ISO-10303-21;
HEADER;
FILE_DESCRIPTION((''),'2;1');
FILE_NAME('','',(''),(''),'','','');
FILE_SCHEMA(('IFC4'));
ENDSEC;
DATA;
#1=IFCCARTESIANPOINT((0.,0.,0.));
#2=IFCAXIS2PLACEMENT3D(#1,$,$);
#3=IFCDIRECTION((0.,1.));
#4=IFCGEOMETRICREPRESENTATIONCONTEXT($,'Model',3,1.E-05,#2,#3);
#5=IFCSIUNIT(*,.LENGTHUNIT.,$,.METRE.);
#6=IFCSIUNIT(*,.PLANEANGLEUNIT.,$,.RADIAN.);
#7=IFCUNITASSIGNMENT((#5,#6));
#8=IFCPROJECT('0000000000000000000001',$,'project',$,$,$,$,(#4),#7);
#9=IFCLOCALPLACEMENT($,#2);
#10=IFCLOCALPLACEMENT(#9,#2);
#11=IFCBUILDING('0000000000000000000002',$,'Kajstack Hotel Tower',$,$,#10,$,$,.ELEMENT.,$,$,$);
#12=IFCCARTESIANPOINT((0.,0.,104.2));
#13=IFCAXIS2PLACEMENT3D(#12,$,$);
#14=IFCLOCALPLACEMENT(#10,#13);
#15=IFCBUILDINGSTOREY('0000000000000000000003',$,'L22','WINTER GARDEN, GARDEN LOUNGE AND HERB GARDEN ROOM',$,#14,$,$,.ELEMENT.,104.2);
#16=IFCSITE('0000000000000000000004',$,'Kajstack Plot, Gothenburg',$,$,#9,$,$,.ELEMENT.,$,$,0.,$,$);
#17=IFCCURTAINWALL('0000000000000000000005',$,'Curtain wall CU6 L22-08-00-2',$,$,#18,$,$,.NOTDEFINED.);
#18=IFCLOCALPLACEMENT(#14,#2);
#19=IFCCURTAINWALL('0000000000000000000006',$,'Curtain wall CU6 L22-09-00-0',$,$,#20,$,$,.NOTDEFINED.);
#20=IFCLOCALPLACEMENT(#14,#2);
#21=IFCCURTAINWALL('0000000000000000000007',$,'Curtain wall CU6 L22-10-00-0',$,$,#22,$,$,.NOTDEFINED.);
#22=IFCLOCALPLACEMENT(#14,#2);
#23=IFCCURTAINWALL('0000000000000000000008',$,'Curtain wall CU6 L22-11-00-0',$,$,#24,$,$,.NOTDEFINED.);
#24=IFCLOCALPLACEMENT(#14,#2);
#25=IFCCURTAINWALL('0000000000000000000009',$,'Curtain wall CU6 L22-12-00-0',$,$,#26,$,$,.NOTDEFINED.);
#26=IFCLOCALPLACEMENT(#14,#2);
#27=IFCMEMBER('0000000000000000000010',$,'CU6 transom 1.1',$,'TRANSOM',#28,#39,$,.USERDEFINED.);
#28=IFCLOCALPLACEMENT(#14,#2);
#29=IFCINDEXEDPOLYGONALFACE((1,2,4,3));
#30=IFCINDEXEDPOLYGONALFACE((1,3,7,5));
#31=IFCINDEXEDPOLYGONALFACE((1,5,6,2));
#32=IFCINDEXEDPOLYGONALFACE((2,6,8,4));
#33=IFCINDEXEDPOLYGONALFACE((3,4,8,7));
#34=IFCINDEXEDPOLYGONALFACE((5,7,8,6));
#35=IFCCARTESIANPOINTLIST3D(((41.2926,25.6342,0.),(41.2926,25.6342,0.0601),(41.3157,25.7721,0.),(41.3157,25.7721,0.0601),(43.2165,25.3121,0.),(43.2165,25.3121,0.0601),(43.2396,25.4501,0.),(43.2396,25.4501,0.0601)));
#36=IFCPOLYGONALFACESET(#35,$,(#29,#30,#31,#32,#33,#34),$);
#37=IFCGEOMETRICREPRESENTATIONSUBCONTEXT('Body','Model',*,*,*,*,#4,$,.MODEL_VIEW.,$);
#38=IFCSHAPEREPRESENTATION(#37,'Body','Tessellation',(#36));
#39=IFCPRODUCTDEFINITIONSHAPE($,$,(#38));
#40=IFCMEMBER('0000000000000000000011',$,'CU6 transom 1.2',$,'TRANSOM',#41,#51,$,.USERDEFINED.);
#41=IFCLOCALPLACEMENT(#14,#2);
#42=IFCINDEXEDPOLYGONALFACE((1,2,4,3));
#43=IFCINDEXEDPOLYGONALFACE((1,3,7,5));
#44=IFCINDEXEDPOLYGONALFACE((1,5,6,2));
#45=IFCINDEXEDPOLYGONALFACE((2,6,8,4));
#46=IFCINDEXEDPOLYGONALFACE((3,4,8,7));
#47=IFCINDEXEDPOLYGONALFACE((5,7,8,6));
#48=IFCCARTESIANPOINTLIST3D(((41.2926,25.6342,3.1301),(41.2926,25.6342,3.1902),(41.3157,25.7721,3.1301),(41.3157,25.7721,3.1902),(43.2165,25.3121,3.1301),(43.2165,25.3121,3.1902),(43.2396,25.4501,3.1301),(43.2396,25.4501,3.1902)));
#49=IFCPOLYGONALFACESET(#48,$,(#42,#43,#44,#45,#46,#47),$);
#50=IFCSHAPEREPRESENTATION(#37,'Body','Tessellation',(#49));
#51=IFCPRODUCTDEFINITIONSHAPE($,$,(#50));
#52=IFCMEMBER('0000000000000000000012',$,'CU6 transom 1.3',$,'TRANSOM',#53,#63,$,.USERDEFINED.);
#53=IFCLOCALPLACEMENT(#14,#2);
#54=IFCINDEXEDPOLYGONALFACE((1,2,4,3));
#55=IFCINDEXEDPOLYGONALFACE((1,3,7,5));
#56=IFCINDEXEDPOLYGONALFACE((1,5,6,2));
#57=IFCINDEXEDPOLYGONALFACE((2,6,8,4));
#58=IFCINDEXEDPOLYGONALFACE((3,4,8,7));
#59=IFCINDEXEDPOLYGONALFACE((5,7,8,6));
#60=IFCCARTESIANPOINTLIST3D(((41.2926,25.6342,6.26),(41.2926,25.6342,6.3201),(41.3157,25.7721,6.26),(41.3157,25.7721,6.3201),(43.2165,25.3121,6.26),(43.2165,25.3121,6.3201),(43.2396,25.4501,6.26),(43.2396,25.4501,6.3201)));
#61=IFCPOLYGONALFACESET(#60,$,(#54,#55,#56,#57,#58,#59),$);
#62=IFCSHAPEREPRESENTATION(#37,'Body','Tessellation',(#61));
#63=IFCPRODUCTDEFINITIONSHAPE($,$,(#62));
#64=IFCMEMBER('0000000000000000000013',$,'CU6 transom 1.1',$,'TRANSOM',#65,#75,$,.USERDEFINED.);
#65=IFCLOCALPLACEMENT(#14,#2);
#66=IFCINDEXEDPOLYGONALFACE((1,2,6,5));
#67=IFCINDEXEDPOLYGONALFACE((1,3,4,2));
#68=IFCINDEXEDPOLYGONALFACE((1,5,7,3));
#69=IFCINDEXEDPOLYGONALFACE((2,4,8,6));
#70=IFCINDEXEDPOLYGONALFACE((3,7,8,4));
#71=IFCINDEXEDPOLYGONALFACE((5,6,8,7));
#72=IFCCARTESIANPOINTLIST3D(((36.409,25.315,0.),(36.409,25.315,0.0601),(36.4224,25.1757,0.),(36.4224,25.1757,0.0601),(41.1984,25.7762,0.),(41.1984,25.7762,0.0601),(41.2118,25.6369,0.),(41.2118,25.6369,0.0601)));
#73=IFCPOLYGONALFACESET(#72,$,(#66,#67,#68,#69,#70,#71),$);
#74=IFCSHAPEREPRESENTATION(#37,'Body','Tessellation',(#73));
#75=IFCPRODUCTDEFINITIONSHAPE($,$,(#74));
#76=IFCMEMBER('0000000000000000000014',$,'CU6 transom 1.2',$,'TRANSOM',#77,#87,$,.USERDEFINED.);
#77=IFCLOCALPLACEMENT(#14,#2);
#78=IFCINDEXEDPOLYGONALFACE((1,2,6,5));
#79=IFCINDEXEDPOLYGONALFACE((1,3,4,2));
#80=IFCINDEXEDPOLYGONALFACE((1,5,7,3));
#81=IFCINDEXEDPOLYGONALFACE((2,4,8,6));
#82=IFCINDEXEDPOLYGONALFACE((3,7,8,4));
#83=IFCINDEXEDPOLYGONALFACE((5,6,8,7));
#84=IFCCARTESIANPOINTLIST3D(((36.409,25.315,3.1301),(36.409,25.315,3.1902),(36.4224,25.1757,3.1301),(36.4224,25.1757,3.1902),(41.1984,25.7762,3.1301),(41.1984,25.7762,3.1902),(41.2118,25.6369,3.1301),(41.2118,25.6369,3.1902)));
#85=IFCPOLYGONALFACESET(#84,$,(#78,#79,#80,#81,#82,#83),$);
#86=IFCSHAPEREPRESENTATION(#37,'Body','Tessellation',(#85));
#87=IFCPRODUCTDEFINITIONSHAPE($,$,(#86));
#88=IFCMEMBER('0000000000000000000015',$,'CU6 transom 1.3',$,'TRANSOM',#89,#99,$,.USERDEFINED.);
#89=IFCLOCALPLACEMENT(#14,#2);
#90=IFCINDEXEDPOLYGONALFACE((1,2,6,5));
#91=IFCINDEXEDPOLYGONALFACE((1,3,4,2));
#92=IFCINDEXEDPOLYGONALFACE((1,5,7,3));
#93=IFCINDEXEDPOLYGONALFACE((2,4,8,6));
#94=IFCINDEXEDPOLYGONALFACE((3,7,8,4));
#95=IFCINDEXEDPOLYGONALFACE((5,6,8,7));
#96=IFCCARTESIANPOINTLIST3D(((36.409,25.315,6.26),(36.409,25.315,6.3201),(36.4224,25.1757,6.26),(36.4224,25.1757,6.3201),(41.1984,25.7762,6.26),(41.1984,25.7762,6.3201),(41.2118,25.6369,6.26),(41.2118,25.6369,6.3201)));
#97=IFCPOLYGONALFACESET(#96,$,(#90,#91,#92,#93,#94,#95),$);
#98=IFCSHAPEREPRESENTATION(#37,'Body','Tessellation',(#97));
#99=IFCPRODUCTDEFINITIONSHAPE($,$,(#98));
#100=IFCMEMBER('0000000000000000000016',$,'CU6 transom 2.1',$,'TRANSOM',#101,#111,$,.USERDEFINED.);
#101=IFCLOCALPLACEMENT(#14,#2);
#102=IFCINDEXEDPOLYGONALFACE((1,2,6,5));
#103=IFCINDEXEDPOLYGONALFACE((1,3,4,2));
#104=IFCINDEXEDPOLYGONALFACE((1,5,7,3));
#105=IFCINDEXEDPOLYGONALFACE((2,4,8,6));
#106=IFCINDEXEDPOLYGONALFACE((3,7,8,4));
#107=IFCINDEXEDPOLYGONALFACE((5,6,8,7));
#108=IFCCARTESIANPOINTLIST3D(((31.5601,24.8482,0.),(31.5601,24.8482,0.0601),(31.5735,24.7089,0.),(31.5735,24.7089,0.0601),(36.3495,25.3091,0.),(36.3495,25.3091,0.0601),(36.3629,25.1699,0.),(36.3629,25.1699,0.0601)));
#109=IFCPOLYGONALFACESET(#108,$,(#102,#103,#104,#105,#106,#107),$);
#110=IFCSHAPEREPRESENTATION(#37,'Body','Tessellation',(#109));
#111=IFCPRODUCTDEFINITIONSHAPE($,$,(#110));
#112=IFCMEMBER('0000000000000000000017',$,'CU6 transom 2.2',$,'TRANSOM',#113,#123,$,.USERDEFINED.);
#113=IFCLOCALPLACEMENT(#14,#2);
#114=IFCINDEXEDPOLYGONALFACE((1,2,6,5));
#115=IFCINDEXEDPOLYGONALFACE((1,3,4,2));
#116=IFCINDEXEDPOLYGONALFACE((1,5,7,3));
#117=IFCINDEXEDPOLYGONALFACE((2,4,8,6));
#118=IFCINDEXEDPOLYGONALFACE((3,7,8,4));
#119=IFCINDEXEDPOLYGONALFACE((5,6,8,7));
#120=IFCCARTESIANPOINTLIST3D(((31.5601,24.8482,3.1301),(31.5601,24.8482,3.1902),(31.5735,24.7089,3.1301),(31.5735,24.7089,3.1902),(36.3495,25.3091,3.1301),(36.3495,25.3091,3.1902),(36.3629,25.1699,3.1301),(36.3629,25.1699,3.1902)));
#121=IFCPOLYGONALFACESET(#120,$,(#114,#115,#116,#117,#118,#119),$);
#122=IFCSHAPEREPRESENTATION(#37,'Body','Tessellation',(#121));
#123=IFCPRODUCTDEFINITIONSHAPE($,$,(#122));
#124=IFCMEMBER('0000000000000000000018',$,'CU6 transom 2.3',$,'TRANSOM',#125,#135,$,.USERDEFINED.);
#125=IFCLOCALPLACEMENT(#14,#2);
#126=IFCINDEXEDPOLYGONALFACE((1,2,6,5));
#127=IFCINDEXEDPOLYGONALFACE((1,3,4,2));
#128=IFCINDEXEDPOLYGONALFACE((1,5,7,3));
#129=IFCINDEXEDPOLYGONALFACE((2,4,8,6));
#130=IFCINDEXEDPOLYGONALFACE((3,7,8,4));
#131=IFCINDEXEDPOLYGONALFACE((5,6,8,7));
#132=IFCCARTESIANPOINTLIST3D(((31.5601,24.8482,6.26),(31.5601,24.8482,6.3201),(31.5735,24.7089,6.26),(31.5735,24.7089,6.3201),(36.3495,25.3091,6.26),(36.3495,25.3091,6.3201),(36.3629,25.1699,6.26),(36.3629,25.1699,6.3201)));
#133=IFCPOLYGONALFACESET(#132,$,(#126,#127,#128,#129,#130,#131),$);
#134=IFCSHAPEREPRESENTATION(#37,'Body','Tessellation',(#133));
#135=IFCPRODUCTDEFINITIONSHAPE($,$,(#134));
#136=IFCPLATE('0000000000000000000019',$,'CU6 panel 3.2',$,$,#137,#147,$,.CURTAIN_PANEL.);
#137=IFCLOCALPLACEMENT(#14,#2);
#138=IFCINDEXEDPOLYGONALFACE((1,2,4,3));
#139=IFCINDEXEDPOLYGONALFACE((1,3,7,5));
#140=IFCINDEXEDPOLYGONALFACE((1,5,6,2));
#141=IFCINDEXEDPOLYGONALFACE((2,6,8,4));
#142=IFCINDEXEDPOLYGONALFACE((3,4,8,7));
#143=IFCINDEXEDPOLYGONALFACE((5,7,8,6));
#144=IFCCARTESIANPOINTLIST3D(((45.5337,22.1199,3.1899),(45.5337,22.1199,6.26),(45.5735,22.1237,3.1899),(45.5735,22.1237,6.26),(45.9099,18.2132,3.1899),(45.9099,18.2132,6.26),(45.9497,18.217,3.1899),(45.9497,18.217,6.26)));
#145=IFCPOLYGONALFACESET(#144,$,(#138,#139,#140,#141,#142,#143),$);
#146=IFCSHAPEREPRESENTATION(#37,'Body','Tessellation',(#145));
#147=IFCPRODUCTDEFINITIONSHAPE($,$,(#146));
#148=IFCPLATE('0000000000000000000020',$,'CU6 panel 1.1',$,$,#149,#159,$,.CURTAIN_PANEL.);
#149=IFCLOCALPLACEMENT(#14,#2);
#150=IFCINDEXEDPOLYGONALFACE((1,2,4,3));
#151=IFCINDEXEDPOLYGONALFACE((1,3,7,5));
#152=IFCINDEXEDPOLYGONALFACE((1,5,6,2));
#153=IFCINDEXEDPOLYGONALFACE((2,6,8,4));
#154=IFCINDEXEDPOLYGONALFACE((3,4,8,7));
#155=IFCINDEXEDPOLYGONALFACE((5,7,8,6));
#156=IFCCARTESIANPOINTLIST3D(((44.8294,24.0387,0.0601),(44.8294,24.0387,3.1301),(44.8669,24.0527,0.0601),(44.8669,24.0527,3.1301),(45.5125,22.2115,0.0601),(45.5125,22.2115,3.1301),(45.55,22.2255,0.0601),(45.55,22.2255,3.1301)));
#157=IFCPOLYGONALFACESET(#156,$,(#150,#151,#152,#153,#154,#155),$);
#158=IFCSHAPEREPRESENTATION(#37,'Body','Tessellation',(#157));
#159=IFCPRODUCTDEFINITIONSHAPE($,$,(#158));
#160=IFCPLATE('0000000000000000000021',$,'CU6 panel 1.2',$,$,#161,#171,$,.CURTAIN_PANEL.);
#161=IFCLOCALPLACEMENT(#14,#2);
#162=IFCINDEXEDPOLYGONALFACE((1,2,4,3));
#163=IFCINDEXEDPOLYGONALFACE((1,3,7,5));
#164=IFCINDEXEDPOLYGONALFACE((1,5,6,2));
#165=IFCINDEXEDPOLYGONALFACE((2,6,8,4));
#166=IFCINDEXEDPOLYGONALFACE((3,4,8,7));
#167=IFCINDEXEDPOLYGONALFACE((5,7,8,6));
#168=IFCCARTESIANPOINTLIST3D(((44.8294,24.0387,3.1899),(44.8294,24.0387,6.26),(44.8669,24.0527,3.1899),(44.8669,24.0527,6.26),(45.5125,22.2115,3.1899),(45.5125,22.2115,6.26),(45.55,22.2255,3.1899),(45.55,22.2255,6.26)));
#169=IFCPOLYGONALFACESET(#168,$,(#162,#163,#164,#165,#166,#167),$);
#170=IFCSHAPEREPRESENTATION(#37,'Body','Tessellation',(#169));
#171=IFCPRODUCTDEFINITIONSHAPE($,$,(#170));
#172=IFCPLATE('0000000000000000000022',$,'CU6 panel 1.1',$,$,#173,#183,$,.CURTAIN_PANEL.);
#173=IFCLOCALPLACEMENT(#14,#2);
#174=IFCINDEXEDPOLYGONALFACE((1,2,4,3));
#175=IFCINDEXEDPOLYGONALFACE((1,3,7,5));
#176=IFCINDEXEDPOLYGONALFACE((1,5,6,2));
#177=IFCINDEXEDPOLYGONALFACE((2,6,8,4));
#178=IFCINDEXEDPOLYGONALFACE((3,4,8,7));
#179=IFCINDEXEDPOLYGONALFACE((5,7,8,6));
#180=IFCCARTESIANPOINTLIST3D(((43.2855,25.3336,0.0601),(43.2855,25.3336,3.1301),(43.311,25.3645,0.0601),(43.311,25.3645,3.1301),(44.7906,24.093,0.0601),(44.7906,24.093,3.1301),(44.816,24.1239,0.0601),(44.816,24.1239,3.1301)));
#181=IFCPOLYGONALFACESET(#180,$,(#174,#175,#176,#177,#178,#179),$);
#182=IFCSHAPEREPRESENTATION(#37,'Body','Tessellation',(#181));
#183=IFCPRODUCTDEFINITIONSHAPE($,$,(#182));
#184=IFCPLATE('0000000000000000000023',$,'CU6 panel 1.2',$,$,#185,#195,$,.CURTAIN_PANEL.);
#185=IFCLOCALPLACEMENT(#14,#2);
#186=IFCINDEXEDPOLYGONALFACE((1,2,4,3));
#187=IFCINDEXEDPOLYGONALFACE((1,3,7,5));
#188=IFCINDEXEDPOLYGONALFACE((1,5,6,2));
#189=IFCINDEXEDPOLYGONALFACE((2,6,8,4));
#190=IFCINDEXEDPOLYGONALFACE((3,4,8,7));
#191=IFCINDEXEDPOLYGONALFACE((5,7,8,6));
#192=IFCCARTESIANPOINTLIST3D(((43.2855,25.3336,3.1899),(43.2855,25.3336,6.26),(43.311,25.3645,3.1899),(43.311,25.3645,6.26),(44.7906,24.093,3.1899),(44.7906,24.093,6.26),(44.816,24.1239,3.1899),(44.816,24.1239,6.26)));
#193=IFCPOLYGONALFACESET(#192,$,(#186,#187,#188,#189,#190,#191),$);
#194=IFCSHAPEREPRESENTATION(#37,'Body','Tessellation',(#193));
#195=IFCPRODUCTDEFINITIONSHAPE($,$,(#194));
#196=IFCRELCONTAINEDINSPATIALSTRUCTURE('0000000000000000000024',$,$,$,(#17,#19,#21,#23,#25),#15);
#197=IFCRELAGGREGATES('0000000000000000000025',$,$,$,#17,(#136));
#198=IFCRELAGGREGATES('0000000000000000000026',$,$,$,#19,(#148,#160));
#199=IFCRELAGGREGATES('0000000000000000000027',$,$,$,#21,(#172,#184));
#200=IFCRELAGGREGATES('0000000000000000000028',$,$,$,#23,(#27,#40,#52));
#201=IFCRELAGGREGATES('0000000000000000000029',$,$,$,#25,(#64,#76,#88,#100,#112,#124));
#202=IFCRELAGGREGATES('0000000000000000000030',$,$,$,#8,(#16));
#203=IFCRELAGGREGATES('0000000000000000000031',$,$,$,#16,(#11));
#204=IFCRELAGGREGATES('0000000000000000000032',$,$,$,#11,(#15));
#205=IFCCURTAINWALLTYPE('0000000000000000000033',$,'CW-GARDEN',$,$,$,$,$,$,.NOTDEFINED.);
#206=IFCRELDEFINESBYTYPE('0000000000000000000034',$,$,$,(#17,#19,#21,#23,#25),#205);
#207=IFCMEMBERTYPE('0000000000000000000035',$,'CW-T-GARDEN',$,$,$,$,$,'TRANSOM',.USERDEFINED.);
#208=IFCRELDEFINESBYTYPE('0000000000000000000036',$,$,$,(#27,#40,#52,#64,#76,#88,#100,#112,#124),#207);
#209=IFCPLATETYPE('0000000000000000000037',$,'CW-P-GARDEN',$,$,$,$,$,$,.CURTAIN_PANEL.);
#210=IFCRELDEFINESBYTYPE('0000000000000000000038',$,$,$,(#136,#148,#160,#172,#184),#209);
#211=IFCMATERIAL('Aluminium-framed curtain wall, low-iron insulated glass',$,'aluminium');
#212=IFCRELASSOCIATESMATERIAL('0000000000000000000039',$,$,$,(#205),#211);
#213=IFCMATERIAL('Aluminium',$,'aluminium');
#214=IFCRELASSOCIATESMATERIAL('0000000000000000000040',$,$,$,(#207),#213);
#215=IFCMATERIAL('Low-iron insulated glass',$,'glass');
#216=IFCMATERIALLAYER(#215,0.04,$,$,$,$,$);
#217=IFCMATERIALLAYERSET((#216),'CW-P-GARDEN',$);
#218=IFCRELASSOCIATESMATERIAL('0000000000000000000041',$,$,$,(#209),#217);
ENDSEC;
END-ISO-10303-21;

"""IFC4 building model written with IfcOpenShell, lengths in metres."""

from ifc_helpers import new_model, si_unit, direction, frame, origin, origin_2d, place, context, subcontext, project, spatial, rectangle, extrude, material, layer, layer_set, material_profile, profile_set, type_object, element, aggregate, save


model = new_model("IFC4")

# Units and contexts
model_context = context("Model", 3, precision=1e-05, world=origin(), true_north=direction((0.0, 1.0)))
body_context = subcontext(model_context, "Body", "Model", "MODEL_VIEW")
ifc_project = project(units=[si_unit("LENGTHUNIT", "METRE"), si_unit("PLANEANGLEUNIT", "RADIAN")], contexts=[model_context])

# Site, building, storey
site_placement = place(None, origin())
site = spatial("IfcSite", under=ifc_project, at=site_placement, Name="Kajstack Plot, Gothenburg", CompositionType="ELEMENT", RefElevation=0.0)
building_placement = place(site_placement, origin())
building = spatial("IfcBuilding", under=site, at=building_placement, Name="Kajstack Hotel Tower", CompositionType="ELEMENT")
storey_placement = place(building_placement, frame((0.0, 0.0, 104.2)))
storey = spatial("IfcBuildingStorey", under=building, at=storey_placement, Name="L22", Description="WINTER GARDEN, GARDEN LOUNGE AND HERB GARDEN ROOM", CompositionType="ELEMENT", Elevation=104.2)

# Curtain wall
ifc_material_1 = material(Name="Aluminium-framed curtain wall, low-iron insulated glass", Category="aluminium")
curtain_wall_type = type_object("IfcCurtainWallType", Name="CW-GARDEN", PredefinedType="NOTDEFINED", material=ifc_material_1)
curtain_wall_1_placement = place(storey_placement, origin())
curtain_wall_1 = element("IfcCurtainWall", 1, at=curtain_wall_1_placement, inside=storey, type_object=curtain_wall_type, Name="Curtain wall CU6 L22-08-00-2", PredefinedType="NOTDEFINED")
ifc_material_2 = material(Name="Aluminium", Category="aluminium")

# Curtain walls
curtain_wall_2_placement = place(storey_placement, origin())
curtain_wall_2 = element("IfcCurtainWall", 2, at=curtain_wall_2_placement, inside=storey, type_object=curtain_wall_type, Name="Curtain wall CU6 L22-09-00-0", PredefinedType="NOTDEFINED")
curtain_wall_3_placement = place(storey_placement, origin())
curtain_wall_3 = element("IfcCurtainWall", 3, at=curtain_wall_3_placement, inside=storey, type_object=curtain_wall_type, Name="Curtain wall CU6 L22-10-00-0", PredefinedType="NOTDEFINED")
curtain_wall_4_placement = place(storey_placement, origin())
curtain_wall_4 = element("IfcCurtainWall", 4, at=curtain_wall_4_placement, inside=storey, type_object=curtain_wall_type, Name="Curtain wall CU6 L22-11-00-0", PredefinedType="NOTDEFINED")
curtain_wall_5_placement = place(storey_placement, origin())
curtain_wall_5 = element("IfcCurtainWall", 5, at=curtain_wall_5_placement, inside=storey, type_object=curtain_wall_type, Name="Curtain wall CU6 L22-12-00-0", PredefinedType="NOTDEFINED")

# Members
ifc_material_profile_1 = material_profile(ifc_material_2, rectangle(XDim=0.1399, YDim=0.0601, at=origin_2d()), Name="Aluminium transom 140 x 60")
ifc_profile_set_1 = profile_set([ifc_material_profile_1], Name="Aluminium")
member_type_1 = type_object("IfcMemberType", Name="CW-T-GARDEN", ElementType="TRANSOM", PredefinedType="USERDEFINED", material=ifc_profile_set_1)
member_1_placement = place(storey_placement, frame((43.228, 25.3811, 0.03), z_axis=(-0.986279, 0.165089, 0.0), x_axis=(-0.165089, -0.986279, 0.0)))
member_1 = element("IfcMember", 6, at=member_1_placement, type_object=member_type_1, Name="CU6 transom 1.1", ObjectType="TRANSOM", PredefinedType="USERDEFINED", context=body_context, shape_type="SweptSolid", body=[
    extrude(rectangle(XDim=0.1399, YDim=0.0601, at=origin_2d()), origin(), (0.0, 0.0, 1.0), 1.9507),
])
member_2_placement = place(storey_placement, frame((43.228, 25.3811, 3.1602), z_axis=(-0.986279, 0.165089, 0.0), x_axis=(-0.165089, -0.986279, 0.0)))
member_2 = element("IfcMember", 7, at=member_2_placement, type_object=member_type_1, Name="CU6 transom 1.2", ObjectType="TRANSOM", PredefinedType="USERDEFINED", context=body_context, shape_type="SweptSolid", body=[
    extrude(rectangle(XDim=0.1399, YDim=0.0601, at=origin_2d()), origin(), (0.0, 0.0, 1.0), 1.9507),
])
member_3_placement = place(storey_placement, frame((43.228, 25.3811, 6.29), z_axis=(-0.986279, 0.165089, 0.0), x_axis=(-0.165089, -0.986279, 0.0)))
member_3 = element("IfcMember", 8, at=member_3_placement, type_object=member_type_1, Name="CU6 transom 1.3", ObjectType="TRANSOM", PredefinedType="USERDEFINED", context=body_context, shape_type="SweptSolid", body=[
    extrude(rectangle(XDim=0.1399, YDim=0.0601, at=origin_2d()), origin(), (0.0, 0.0, 1.0), 1.9507),
])
member_4_placement = place(storey_placement, frame((41.2051, 25.7065, 0.03), z_axis=(-0.995396, -0.095851, 0.0), x_axis=(0.095851, -0.995396, 0.0)))
member_4 = element("IfcMember", 9, at=member_4_placement, type_object=member_type_1, Name="CU6 transom 1.1", ObjectType="TRANSOM", PredefinedType="USERDEFINED", context=body_context, shape_type="SweptSolid", body=[
    extrude(rectangle(XDim=0.1399, YDim=0.0601, at=origin_2d()), origin(), (0.0, 0.0, 1.0), 4.8115),
])
member_5_placement = place(storey_placement, frame((41.2051, 25.7065, 3.1602), z_axis=(-0.995396, -0.095851, 0.0), x_axis=(0.095851, -0.995396, 0.0)))
member_5 = element("IfcMember", 10, at=member_5_placement, type_object=member_type_1, Name="CU6 transom 1.2", ObjectType="TRANSOM", PredefinedType="USERDEFINED", context=body_context, shape_type="SweptSolid", body=[
    extrude(rectangle(XDim=0.1399, YDim=0.0601, at=origin_2d()), origin(), (0.0, 0.0, 1.0), 4.8115),
])
member_6_placement = place(storey_placement, frame((41.2051, 25.7065, 6.29), z_axis=(-0.995396, -0.095851, 0.0), x_axis=(0.095851, -0.995396, 0.0)))
member_6 = element("IfcMember", 11, at=member_6_placement, type_object=member_type_1, Name="CU6 transom 1.3", ObjectType="TRANSOM", PredefinedType="USERDEFINED", context=body_context, shape_type="SweptSolid", body=[
    extrude(rectangle(XDim=0.1399, YDim=0.0601, at=origin_2d()), origin(), (0.0, 0.0, 1.0), 4.8115),
])
member_7_placement = place(storey_placement, frame((36.3562, 25.2395, 0.03), z_axis=(-0.995401, -0.0958, 0.0), x_axis=(0.0958, -0.995401, 0.0)))
member_7 = element("IfcMember", 12, at=member_7_placement, type_object=member_type_1, Name="CU6 transom 2.1", ObjectType="TRANSOM", PredefinedType="USERDEFINED", context=body_context, shape_type="SweptSolid", body=[
    extrude(rectangle(XDim=0.1399, YDim=0.0601, at=origin_2d()), origin(), (0.0, 0.0, 1.0), 4.8115),
])
member_8_placement = place(storey_placement, frame((36.3562, 25.2395, 3.1602), z_axis=(-0.995401, -0.0958, 0.0), x_axis=(0.0958, -0.995401, 0.0)))
member_8 = element("IfcMember", 13, at=member_8_placement, type_object=member_type_1, Name="CU6 transom 2.2", ObjectType="TRANSOM", PredefinedType="USERDEFINED", context=body_context, shape_type="SweptSolid", body=[
    extrude(rectangle(XDim=0.1399, YDim=0.0601, at=origin_2d()), origin(), (0.0, 0.0, 1.0), 4.8115),
])
member_9_placement = place(storey_placement, frame((36.3562, 25.2395, 6.29), z_axis=(-0.995401, -0.0958, 0.0), x_axis=(0.0958, -0.995401, 0.0)))
member_9 = element("IfcMember", 14, at=member_9_placement, type_object=member_type_1, Name="CU6 transom 2.3", ObjectType="TRANSOM", PredefinedType="USERDEFINED", context=body_context, shape_type="SweptSolid", body=[
    extrude(rectangle(XDim=0.1399, YDim=0.0601, at=origin_2d()), origin(), (0.0, 0.0, 1.0), 4.8115),
])

# Plates
ifc_material_3 = material(Name="Low-iron insulated glass", Category="glass")
ifc_layer = layer(ifc_material_3, 0.04)
ifc_layer_set = layer_set([ifc_layer], Name="CW-P-GARDEN")
plate_type = type_object("IfcPlateType", Name="CW-P-GARDEN", PredefinedType="CURTAIN_PANEL", material=ifc_layer_set)
plate_1_placement = place(storey_placement, frame((45.7417, 20.1685, 3.1899), z_axis=(0.0, 0.0, 1.0), x_axis=(-0.095846, 0.995396, 0.0)))
plate_1 = element("IfcPlate", 15, at=plate_1_placement, type_object=plate_type, Name="CU6 panel 3.2", PredefinedType="CURTAIN_PANEL", context=body_context, shape_type="SweptSolid", body=[
    extrude(rectangle(XDim=3.9248, YDim=0.04, at=origin_2d()), origin(), (0.0, 0.0, 1.0), 3.0701),
])
aggregate(curtain_wall_1, [plate_1])
plate_2_placement = place(storey_placement, frame((45.1897, 23.1321, 0.0601), z_axis=(0.0, 0.0, 1.0), x_axis=(-0.350186, 0.93668, 0.0)))
plate_2 = element("IfcPlate", 16, at=plate_2_placement, type_object=plate_type, Name="CU6 panel 1.1", PredefinedType="CURTAIN_PANEL", context=body_context, shape_type="SweptSolid", body=[
    extrude(rectangle(XDim=1.9507, YDim=0.04, at=origin_2d()), origin(), (0.0, 0.0, 1.0), 3.0701),
])
plate_3_placement = place(storey_placement, frame((45.1897, 23.1321, 3.1899), z_axis=(0.0, 0.0, 1.0), x_axis=(-0.350186, 0.93668, 0.0)))
plate_3 = element("IfcPlate", 17, at=plate_3_placement, type_object=plate_type, Name="CU6 panel 1.2", PredefinedType="CURTAIN_PANEL", context=body_context, shape_type="SweptSolid", body=[
    extrude(rectangle(XDim=1.9507, YDim=0.04, at=origin_2d()), origin(), (0.0, 0.0, 1.0), 3.0701),
])
aggregate(curtain_wall_2, [plate_2, plate_3])
plate_4_placement = place(storey_placement, frame((44.0508, 24.7288, 0.0601), z_axis=(0.0, 0.0, 1.0), x_axis=(-0.771635, 0.636066, 0.0)))
plate_4 = element("IfcPlate", 18, at=plate_4_placement, type_object=plate_type, Name="CU6 panel 1.1", PredefinedType="CURTAIN_PANEL", context=body_context, shape_type="SweptSolid", body=[
    extrude(rectangle(XDim=1.9504, YDim=0.04, at=origin_2d()), origin(), (0.0, 0.0, 1.0), 3.0701),
])
plate_5_placement = place(storey_placement, frame((44.0508, 24.7288, 3.1899), z_axis=(0.0, 0.0, 1.0), x_axis=(-0.771635, 0.636066, 0.0)))
plate_5 = element("IfcPlate", 19, at=plate_5_placement, type_object=plate_type, Name="CU6 panel 1.2", PredefinedType="CURTAIN_PANEL", context=body_context, shape_type="SweptSolid", body=[
    extrude(rectangle(XDim=1.9504, YDim=0.04, at=origin_2d()), origin(), (0.0, 0.0, 1.0), 3.0701),
])
aggregate(curtain_wall_3, [plate_4, plate_5])
aggregate(curtain_wall_4, [member_1, member_2, member_3])
aggregate(curtain_wall_5, [member_4, member_5, member_6, member_7, member_8, member_9])

save(model, "model.ifc")
